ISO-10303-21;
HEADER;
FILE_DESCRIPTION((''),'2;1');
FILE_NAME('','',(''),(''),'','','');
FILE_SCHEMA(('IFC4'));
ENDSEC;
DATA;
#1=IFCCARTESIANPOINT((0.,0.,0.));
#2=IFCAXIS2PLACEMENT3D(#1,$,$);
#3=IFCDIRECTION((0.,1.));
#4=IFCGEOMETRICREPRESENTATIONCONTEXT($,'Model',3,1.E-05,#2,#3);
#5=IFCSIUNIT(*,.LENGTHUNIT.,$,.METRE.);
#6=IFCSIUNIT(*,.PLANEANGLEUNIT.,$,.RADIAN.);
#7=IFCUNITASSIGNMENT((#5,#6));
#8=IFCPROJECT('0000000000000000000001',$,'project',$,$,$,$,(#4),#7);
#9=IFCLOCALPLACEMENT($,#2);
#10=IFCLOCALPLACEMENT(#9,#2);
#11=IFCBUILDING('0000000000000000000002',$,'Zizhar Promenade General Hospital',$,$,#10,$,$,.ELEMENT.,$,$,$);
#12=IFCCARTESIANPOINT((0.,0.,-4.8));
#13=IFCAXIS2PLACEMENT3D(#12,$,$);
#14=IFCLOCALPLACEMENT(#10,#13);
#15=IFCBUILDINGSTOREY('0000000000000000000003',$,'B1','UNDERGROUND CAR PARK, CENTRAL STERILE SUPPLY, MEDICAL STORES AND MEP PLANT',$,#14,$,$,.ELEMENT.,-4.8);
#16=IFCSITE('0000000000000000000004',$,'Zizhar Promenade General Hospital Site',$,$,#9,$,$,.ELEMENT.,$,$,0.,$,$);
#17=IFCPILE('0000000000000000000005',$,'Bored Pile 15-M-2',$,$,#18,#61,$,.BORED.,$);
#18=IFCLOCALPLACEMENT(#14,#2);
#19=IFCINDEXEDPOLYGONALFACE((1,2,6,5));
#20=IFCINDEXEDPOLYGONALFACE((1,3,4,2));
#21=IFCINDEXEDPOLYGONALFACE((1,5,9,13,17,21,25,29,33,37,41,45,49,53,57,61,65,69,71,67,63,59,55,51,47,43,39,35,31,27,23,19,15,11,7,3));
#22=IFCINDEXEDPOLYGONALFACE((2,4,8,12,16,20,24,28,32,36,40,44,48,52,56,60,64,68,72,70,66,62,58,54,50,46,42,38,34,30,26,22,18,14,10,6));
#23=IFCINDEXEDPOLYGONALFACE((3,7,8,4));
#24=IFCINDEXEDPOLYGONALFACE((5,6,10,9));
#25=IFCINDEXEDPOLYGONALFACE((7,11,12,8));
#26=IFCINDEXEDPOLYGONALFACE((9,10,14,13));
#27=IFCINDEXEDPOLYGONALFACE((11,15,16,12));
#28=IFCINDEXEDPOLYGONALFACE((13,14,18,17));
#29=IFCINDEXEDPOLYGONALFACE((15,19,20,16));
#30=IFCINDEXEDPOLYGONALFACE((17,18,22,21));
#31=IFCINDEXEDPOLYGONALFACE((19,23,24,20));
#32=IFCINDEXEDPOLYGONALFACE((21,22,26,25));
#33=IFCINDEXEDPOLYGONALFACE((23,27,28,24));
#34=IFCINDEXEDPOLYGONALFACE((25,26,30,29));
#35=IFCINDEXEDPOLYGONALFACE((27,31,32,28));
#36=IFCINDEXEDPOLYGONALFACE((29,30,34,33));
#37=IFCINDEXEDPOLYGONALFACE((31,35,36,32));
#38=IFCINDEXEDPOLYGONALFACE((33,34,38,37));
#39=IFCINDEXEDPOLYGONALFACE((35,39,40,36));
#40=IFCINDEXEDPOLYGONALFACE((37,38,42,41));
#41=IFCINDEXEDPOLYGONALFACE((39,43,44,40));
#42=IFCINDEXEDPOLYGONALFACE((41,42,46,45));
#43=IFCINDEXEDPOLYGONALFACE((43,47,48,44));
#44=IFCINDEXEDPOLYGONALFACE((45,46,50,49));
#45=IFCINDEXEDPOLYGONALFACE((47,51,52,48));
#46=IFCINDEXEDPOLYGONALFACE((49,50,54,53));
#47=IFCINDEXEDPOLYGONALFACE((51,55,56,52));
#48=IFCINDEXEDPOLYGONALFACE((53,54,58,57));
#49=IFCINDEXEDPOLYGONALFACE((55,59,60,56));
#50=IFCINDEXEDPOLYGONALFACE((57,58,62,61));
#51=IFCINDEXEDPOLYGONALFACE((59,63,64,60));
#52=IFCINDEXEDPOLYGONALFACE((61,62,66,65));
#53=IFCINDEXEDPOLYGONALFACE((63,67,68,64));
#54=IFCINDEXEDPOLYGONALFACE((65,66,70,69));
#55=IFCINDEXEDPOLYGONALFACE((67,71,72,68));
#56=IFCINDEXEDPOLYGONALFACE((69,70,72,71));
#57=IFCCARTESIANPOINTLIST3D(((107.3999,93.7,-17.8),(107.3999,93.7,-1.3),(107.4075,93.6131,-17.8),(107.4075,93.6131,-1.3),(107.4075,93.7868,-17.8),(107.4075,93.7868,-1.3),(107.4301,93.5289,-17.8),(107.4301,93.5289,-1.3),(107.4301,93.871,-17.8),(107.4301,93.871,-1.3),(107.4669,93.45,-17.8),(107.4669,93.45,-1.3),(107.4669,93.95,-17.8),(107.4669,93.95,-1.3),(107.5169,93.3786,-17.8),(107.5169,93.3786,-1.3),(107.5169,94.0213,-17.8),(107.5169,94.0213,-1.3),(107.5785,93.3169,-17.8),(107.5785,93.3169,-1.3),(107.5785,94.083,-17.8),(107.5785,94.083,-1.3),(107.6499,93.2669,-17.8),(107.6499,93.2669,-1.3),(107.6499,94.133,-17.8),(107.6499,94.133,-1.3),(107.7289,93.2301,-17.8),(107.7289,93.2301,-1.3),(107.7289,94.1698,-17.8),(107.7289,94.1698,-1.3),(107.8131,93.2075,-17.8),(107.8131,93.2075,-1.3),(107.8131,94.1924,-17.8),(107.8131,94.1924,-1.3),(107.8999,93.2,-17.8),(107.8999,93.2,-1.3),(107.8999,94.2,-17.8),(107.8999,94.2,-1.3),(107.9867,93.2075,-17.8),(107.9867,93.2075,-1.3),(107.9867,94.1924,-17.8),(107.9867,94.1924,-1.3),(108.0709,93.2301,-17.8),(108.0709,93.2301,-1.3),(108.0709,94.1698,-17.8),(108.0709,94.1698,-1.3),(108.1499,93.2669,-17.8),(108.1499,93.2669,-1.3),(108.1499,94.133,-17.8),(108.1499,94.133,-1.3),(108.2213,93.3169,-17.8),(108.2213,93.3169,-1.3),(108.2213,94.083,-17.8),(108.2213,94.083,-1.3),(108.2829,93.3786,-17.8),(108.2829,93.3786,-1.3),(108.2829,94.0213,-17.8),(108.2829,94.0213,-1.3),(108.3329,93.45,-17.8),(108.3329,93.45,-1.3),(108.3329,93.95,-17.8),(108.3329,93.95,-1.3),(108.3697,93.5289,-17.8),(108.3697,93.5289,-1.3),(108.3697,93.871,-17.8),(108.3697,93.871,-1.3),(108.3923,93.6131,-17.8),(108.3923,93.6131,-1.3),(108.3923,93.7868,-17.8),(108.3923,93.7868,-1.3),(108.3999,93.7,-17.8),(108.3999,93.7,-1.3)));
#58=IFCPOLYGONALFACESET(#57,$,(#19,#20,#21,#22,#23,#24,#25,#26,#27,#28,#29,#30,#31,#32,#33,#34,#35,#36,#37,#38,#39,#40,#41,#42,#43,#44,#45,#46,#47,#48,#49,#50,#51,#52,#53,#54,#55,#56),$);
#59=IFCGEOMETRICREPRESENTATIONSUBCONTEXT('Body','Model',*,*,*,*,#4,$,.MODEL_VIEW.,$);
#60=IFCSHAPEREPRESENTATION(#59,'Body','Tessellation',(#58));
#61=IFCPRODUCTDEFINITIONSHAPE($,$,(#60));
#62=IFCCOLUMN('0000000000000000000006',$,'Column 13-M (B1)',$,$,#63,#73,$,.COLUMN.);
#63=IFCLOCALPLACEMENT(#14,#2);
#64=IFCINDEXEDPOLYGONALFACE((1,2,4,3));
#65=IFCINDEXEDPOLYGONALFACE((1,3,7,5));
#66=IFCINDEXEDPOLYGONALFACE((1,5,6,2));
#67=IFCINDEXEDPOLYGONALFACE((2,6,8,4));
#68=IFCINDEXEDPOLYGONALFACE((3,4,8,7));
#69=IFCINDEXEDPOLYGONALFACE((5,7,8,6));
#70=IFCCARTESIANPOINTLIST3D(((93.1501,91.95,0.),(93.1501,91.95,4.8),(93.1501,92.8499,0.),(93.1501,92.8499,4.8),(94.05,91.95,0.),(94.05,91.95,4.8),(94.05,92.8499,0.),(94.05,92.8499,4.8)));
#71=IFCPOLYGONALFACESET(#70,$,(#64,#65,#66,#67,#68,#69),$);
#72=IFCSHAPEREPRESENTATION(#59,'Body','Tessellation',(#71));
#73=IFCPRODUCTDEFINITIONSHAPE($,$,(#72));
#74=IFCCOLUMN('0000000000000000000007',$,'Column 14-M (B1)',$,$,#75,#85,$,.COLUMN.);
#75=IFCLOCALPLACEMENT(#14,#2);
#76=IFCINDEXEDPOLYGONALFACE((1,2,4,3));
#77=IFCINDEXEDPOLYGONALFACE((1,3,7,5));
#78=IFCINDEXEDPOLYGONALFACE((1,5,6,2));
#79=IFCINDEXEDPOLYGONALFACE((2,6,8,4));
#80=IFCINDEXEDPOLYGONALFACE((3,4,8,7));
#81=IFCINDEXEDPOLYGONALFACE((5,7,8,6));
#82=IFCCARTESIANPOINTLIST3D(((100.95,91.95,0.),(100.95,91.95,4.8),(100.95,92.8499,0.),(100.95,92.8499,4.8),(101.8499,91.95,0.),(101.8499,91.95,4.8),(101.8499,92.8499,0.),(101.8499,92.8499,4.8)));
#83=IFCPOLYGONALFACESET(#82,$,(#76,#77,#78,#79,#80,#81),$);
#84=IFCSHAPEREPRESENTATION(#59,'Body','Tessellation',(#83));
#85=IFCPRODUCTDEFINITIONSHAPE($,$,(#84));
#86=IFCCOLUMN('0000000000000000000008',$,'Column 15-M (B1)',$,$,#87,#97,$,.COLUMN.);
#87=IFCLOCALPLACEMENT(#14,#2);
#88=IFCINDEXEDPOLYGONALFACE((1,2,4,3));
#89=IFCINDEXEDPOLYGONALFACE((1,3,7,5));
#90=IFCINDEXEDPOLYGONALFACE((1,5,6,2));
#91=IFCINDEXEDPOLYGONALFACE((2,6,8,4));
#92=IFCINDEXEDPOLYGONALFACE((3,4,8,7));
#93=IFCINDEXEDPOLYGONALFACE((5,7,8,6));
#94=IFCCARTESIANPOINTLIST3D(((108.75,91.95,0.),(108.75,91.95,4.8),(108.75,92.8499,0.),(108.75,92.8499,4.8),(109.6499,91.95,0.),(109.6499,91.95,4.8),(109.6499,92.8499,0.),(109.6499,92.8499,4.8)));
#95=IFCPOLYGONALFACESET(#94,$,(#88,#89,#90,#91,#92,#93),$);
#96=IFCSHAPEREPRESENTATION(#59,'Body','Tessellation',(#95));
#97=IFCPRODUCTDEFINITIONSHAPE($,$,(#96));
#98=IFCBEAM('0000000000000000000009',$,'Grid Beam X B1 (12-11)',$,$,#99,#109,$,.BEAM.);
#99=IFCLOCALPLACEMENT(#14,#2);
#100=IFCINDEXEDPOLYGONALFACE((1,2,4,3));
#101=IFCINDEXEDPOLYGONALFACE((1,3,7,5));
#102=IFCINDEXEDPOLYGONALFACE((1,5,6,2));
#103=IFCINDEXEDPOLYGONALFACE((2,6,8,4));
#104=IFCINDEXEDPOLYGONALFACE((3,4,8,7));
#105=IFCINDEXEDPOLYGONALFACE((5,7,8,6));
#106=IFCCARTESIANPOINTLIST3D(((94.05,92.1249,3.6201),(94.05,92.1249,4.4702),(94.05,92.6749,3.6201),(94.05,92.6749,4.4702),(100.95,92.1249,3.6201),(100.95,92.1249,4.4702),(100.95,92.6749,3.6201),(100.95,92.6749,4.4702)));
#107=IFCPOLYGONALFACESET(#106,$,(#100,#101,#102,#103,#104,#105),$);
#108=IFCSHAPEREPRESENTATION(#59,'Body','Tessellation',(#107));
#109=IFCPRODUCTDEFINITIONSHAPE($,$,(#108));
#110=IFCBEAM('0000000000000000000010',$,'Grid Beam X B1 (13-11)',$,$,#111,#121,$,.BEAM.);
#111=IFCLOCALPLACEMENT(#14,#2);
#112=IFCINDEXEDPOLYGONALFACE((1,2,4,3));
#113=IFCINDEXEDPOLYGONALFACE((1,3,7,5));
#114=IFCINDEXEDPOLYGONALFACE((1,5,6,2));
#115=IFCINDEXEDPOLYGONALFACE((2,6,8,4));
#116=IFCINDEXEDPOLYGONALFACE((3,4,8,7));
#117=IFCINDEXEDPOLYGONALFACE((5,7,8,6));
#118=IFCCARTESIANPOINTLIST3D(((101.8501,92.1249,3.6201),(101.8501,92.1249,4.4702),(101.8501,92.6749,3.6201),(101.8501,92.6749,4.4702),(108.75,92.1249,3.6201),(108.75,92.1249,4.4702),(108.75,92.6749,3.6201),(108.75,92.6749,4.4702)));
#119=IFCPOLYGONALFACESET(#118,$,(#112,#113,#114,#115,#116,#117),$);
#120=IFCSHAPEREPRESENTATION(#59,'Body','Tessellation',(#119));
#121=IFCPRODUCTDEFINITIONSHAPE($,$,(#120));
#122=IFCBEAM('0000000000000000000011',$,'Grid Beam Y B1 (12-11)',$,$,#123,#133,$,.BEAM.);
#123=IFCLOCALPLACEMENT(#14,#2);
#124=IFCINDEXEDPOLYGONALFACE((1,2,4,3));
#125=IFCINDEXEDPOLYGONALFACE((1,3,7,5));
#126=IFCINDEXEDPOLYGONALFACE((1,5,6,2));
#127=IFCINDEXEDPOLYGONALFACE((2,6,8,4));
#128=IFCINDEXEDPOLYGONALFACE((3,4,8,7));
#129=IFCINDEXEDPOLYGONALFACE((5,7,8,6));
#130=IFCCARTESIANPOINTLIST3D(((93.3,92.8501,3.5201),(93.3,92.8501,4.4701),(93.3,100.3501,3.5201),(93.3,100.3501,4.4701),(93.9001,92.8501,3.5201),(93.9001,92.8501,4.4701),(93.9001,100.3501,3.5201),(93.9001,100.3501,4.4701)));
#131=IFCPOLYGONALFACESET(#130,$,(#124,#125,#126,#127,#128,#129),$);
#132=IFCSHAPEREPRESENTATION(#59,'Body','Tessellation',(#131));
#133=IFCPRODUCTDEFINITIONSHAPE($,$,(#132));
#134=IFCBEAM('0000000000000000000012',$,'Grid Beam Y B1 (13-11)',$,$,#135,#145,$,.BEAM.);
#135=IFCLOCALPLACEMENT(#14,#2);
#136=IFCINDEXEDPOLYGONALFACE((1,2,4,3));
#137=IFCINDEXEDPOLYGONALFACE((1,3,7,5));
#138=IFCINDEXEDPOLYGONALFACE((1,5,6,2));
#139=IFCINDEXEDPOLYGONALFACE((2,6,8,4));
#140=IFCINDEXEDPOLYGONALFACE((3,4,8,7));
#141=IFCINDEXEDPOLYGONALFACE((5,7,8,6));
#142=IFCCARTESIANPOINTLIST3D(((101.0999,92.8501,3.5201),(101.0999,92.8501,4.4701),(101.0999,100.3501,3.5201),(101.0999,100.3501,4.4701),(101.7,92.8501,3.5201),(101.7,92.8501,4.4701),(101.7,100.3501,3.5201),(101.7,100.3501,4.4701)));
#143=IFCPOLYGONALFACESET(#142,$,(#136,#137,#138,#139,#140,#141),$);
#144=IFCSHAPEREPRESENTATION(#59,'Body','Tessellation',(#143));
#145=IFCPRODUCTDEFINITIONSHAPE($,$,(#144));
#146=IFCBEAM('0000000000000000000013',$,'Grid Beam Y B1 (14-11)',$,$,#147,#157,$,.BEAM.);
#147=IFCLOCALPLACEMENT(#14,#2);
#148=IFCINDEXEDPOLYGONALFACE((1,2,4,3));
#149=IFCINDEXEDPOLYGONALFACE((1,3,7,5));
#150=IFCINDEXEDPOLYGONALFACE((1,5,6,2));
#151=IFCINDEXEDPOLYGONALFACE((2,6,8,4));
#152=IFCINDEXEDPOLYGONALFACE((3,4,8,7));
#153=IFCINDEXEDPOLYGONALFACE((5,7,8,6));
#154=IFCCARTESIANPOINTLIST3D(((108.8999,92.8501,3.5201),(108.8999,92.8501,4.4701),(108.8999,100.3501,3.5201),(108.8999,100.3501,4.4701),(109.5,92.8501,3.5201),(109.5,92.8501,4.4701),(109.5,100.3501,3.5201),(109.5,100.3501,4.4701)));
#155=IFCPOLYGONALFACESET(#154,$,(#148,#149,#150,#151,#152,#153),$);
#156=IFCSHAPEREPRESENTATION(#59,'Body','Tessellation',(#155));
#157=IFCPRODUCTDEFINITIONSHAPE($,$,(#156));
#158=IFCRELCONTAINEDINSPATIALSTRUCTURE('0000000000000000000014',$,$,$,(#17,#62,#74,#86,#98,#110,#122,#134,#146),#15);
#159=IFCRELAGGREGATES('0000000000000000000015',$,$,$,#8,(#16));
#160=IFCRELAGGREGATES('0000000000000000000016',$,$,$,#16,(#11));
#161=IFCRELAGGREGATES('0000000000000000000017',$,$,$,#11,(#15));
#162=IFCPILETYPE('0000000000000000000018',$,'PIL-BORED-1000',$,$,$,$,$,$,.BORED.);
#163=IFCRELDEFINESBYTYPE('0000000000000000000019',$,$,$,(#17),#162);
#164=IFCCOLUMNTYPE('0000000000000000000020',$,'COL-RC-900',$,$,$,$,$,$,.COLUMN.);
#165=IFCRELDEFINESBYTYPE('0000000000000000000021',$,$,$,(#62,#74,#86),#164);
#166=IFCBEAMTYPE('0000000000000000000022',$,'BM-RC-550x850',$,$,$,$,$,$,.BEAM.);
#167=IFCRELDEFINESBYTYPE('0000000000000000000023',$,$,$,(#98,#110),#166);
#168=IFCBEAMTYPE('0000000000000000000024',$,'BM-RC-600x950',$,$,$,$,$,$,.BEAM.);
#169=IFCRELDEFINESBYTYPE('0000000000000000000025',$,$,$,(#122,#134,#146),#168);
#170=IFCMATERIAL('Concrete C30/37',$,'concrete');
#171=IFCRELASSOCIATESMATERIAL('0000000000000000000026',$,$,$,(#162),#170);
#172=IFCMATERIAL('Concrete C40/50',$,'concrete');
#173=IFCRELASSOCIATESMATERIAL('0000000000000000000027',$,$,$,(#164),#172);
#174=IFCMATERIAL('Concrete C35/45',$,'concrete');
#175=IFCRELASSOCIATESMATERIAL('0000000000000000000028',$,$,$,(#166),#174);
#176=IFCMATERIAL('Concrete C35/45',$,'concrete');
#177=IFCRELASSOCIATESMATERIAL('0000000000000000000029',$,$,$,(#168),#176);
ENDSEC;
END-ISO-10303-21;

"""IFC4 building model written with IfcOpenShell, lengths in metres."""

from ifc_helpers import new_model, si_unit, direction, frame, origin, origin_2d, place, context, subcontext, project, spatial, rectangle, circle, extrude, material, material_profile, profile_set, type_object, element, save


model = new_model("IFC4")

# Units and contexts
model_context = context("Model", 3, precision=1e-05, world=origin(), true_north=direction((0.0, 1.0)))
body_context = subcontext(model_context, "Body", "Model", "MODEL_VIEW")
ifc_project = project(units=[si_unit("LENGTHUNIT", "METRE"), si_unit("PLANEANGLEUNIT", "RADIAN")], contexts=[model_context])

# Site, building, storey
site_placement = place(None, origin())
site = spatial("IfcSite", under=ifc_project, at=site_placement, Name="Zizhar Promenade General Hospital Site", CompositionType="ELEMENT", RefElevation=0.0)
building_placement = place(site_placement, origin())
building = spatial("IfcBuilding", under=site, at=building_placement, Name="Zizhar Promenade General Hospital", CompositionType="ELEMENT")
storey_placement = place(building_placement, frame((0.0, 0.0, -4.8)))
storey = spatial("IfcBuildingStorey", under=building, at=storey_placement, Name="B1", Description="UNDERGROUND CAR PARK, CENTRAL STERILE SUPPLY, MEDICAL STORES AND MEP PLANT", CompositionType="ELEMENT", Elevation=-4.8)

# Pile
ifc_material_1 = material(Name="Concrete C30/37", Category="concrete")
ifc_material_profile_1 = material_profile(ifc_material_1, circle(Radius=0.5, at=origin_2d()))
ifc_profile_set_1 = profile_set([ifc_material_profile_1], Name="Concrete C30/37")
pile_type = type_object("IfcPileType", Name="PIL-BORED-1000", PredefinedType="BORED", material=ifc_profile_set_1)
for number, where, z_axis, x_axis, name in (
    (1, (107.8999, 93.7, -1.3), (0.0, 0.0, -1.0), (1.0, 0.0, 0.0), "Bored Pile 15-M-2"),
):
    element("IfcPile", number, at=place(storey_placement, frame(where, z_axis=z_axis, x_axis=x_axis)), inside=storey, type_object=pile_type, Name=name, PredefinedType="BORED", context=body_context, shape_type="SweptSolid", body=[
        extrude(circle(Radius=0.5, at=origin_2d()), origin(), (0.0, 0.0, 1.0), 16.5),
    ])

# Columns
ifc_material_2 = material(Name="Concrete C40/50", Category="concrete")
ifc_material_profile_2 = material_profile(ifc_material_2, rectangle(XDim=0.8999, YDim=0.8999, at=origin_2d()))
ifc_profile_set_2 = profile_set([ifc_material_profile_2], Name="Concrete C40/50")
column_type = type_object("IfcColumnType", Name="COL-RC-900", PredefinedType="COLUMN", material=ifc_profile_set_2)
for number, where, z_axis, x_axis, name in (
    (2, (93.6001, 92.3999, 0.0), (0.0, 0.0, 1.0), (1.0, 0.0, 0.0), "Column 13-M (B1)"),
    (3, (101.3999, 92.3999, 0.0), (0.0, 0.0, 1.0), (1.0, 0.0, 0.0), "Column 14-M (B1)"),
    (4, (109.2, 92.3999, 0.0), (0.0, 0.0, 1.0), (1.0, 0.0, 0.0), "Column 15-M (B1)"),
):
    element("IfcColumn", number, at=place(storey_placement, frame(where, z_axis=z_axis, x_axis=x_axis)), inside=storey, type_object=column_type, Name=name, PredefinedType="COLUMN", context=body_context, shape_type="SweptSolid", body=[
        extrude(rectangle(XDim=0.8999, YDim=0.8999, at=origin_2d()), origin(), (0.0, 0.0, 1.0), 4.8),
    ])

# Beams
ifc_material_3 = material(Name="Concrete C35/45", Category="concrete")
ifc_material_profile_3 = material_profile(ifc_material_3, rectangle(XDim=0.55, YDim=0.8501, at=origin_2d()))
ifc_profile_set_3 = profile_set([ifc_material_profile_3], Name="Concrete C35/45")
beam_type_1 = type_object("IfcBeamType", Name="BM-RC-550x850", PredefinedType="BEAM", material=ifc_profile_set_3)
for number, where, z_axis, x_axis, name in (
    (5, (94.05, 92.3999, 4.0452), (1.0, 0.0, 0.0), (0.0, 1.0, 0.0), "Grid Beam X B1 (12-11)"),
    (6, (101.8501, 92.3999, 4.0452), (1.0, 0.0, 0.0), (0.0, 1.0, 0.0), "Grid Beam X B1 (13-11)"),
):
    element("IfcBeam", number, at=place(storey_placement, frame(where, z_axis=z_axis, x_axis=x_axis)), inside=storey, type_object=beam_type_1, Name=name, PredefinedType="BEAM", context=body_context, shape_type="SweptSolid", body=[
        extrude(rectangle(XDim=0.55, YDim=0.8501, at=origin_2d()), origin(), (0.0, 0.0, 1.0), 6.8999),
    ])
ifc_material_4 = material(Name="Concrete C35/45", Category="concrete")
ifc_material_profile_4 = material_profile(ifc_material_4, rectangle(XDim=0.6001, YDim=0.95, at=origin_2d()))
ifc_profile_set_4 = profile_set([ifc_material_profile_4], Name="Concrete C35/45")
beam_type_2 = type_object("IfcBeamType", Name="BM-RC-600x950", PredefinedType="BEAM", material=ifc_profile_set_4)
for number, where, z_axis, x_axis, name in (
    (7, (93.6001, 92.8501, 3.9951), (0.0, 1.0, 0.0), (-1.0, 0.0, 0.0), "Grid Beam Y B1 (12-11)"),
    (8, (101.3999, 92.8501, 3.9951), (0.0, 1.0, 0.0), (-1.0, 0.0, 0.0), "Grid Beam Y B1 (13-11)"),
    (9, (109.2, 92.8501, 3.9951), (0.0, 1.0, 0.0), (-1.0, 0.0, 0.0), "Grid Beam Y B1 (14-11)"),
):
    element("IfcBeam", number, at=place(storey_placement, frame(where, z_axis=z_axis, x_axis=x_axis)), inside=storey, type_object=beam_type_2, Name=name, PredefinedType="BEAM", context=body_context, shape_type="SweptSolid", body=[
        extrude(rectangle(XDim=0.6001, YDim=0.95, at=origin_2d()), origin(), (0.0, 0.0, 1.0), 7.5),
    ])

save(model, "model.ifc")
